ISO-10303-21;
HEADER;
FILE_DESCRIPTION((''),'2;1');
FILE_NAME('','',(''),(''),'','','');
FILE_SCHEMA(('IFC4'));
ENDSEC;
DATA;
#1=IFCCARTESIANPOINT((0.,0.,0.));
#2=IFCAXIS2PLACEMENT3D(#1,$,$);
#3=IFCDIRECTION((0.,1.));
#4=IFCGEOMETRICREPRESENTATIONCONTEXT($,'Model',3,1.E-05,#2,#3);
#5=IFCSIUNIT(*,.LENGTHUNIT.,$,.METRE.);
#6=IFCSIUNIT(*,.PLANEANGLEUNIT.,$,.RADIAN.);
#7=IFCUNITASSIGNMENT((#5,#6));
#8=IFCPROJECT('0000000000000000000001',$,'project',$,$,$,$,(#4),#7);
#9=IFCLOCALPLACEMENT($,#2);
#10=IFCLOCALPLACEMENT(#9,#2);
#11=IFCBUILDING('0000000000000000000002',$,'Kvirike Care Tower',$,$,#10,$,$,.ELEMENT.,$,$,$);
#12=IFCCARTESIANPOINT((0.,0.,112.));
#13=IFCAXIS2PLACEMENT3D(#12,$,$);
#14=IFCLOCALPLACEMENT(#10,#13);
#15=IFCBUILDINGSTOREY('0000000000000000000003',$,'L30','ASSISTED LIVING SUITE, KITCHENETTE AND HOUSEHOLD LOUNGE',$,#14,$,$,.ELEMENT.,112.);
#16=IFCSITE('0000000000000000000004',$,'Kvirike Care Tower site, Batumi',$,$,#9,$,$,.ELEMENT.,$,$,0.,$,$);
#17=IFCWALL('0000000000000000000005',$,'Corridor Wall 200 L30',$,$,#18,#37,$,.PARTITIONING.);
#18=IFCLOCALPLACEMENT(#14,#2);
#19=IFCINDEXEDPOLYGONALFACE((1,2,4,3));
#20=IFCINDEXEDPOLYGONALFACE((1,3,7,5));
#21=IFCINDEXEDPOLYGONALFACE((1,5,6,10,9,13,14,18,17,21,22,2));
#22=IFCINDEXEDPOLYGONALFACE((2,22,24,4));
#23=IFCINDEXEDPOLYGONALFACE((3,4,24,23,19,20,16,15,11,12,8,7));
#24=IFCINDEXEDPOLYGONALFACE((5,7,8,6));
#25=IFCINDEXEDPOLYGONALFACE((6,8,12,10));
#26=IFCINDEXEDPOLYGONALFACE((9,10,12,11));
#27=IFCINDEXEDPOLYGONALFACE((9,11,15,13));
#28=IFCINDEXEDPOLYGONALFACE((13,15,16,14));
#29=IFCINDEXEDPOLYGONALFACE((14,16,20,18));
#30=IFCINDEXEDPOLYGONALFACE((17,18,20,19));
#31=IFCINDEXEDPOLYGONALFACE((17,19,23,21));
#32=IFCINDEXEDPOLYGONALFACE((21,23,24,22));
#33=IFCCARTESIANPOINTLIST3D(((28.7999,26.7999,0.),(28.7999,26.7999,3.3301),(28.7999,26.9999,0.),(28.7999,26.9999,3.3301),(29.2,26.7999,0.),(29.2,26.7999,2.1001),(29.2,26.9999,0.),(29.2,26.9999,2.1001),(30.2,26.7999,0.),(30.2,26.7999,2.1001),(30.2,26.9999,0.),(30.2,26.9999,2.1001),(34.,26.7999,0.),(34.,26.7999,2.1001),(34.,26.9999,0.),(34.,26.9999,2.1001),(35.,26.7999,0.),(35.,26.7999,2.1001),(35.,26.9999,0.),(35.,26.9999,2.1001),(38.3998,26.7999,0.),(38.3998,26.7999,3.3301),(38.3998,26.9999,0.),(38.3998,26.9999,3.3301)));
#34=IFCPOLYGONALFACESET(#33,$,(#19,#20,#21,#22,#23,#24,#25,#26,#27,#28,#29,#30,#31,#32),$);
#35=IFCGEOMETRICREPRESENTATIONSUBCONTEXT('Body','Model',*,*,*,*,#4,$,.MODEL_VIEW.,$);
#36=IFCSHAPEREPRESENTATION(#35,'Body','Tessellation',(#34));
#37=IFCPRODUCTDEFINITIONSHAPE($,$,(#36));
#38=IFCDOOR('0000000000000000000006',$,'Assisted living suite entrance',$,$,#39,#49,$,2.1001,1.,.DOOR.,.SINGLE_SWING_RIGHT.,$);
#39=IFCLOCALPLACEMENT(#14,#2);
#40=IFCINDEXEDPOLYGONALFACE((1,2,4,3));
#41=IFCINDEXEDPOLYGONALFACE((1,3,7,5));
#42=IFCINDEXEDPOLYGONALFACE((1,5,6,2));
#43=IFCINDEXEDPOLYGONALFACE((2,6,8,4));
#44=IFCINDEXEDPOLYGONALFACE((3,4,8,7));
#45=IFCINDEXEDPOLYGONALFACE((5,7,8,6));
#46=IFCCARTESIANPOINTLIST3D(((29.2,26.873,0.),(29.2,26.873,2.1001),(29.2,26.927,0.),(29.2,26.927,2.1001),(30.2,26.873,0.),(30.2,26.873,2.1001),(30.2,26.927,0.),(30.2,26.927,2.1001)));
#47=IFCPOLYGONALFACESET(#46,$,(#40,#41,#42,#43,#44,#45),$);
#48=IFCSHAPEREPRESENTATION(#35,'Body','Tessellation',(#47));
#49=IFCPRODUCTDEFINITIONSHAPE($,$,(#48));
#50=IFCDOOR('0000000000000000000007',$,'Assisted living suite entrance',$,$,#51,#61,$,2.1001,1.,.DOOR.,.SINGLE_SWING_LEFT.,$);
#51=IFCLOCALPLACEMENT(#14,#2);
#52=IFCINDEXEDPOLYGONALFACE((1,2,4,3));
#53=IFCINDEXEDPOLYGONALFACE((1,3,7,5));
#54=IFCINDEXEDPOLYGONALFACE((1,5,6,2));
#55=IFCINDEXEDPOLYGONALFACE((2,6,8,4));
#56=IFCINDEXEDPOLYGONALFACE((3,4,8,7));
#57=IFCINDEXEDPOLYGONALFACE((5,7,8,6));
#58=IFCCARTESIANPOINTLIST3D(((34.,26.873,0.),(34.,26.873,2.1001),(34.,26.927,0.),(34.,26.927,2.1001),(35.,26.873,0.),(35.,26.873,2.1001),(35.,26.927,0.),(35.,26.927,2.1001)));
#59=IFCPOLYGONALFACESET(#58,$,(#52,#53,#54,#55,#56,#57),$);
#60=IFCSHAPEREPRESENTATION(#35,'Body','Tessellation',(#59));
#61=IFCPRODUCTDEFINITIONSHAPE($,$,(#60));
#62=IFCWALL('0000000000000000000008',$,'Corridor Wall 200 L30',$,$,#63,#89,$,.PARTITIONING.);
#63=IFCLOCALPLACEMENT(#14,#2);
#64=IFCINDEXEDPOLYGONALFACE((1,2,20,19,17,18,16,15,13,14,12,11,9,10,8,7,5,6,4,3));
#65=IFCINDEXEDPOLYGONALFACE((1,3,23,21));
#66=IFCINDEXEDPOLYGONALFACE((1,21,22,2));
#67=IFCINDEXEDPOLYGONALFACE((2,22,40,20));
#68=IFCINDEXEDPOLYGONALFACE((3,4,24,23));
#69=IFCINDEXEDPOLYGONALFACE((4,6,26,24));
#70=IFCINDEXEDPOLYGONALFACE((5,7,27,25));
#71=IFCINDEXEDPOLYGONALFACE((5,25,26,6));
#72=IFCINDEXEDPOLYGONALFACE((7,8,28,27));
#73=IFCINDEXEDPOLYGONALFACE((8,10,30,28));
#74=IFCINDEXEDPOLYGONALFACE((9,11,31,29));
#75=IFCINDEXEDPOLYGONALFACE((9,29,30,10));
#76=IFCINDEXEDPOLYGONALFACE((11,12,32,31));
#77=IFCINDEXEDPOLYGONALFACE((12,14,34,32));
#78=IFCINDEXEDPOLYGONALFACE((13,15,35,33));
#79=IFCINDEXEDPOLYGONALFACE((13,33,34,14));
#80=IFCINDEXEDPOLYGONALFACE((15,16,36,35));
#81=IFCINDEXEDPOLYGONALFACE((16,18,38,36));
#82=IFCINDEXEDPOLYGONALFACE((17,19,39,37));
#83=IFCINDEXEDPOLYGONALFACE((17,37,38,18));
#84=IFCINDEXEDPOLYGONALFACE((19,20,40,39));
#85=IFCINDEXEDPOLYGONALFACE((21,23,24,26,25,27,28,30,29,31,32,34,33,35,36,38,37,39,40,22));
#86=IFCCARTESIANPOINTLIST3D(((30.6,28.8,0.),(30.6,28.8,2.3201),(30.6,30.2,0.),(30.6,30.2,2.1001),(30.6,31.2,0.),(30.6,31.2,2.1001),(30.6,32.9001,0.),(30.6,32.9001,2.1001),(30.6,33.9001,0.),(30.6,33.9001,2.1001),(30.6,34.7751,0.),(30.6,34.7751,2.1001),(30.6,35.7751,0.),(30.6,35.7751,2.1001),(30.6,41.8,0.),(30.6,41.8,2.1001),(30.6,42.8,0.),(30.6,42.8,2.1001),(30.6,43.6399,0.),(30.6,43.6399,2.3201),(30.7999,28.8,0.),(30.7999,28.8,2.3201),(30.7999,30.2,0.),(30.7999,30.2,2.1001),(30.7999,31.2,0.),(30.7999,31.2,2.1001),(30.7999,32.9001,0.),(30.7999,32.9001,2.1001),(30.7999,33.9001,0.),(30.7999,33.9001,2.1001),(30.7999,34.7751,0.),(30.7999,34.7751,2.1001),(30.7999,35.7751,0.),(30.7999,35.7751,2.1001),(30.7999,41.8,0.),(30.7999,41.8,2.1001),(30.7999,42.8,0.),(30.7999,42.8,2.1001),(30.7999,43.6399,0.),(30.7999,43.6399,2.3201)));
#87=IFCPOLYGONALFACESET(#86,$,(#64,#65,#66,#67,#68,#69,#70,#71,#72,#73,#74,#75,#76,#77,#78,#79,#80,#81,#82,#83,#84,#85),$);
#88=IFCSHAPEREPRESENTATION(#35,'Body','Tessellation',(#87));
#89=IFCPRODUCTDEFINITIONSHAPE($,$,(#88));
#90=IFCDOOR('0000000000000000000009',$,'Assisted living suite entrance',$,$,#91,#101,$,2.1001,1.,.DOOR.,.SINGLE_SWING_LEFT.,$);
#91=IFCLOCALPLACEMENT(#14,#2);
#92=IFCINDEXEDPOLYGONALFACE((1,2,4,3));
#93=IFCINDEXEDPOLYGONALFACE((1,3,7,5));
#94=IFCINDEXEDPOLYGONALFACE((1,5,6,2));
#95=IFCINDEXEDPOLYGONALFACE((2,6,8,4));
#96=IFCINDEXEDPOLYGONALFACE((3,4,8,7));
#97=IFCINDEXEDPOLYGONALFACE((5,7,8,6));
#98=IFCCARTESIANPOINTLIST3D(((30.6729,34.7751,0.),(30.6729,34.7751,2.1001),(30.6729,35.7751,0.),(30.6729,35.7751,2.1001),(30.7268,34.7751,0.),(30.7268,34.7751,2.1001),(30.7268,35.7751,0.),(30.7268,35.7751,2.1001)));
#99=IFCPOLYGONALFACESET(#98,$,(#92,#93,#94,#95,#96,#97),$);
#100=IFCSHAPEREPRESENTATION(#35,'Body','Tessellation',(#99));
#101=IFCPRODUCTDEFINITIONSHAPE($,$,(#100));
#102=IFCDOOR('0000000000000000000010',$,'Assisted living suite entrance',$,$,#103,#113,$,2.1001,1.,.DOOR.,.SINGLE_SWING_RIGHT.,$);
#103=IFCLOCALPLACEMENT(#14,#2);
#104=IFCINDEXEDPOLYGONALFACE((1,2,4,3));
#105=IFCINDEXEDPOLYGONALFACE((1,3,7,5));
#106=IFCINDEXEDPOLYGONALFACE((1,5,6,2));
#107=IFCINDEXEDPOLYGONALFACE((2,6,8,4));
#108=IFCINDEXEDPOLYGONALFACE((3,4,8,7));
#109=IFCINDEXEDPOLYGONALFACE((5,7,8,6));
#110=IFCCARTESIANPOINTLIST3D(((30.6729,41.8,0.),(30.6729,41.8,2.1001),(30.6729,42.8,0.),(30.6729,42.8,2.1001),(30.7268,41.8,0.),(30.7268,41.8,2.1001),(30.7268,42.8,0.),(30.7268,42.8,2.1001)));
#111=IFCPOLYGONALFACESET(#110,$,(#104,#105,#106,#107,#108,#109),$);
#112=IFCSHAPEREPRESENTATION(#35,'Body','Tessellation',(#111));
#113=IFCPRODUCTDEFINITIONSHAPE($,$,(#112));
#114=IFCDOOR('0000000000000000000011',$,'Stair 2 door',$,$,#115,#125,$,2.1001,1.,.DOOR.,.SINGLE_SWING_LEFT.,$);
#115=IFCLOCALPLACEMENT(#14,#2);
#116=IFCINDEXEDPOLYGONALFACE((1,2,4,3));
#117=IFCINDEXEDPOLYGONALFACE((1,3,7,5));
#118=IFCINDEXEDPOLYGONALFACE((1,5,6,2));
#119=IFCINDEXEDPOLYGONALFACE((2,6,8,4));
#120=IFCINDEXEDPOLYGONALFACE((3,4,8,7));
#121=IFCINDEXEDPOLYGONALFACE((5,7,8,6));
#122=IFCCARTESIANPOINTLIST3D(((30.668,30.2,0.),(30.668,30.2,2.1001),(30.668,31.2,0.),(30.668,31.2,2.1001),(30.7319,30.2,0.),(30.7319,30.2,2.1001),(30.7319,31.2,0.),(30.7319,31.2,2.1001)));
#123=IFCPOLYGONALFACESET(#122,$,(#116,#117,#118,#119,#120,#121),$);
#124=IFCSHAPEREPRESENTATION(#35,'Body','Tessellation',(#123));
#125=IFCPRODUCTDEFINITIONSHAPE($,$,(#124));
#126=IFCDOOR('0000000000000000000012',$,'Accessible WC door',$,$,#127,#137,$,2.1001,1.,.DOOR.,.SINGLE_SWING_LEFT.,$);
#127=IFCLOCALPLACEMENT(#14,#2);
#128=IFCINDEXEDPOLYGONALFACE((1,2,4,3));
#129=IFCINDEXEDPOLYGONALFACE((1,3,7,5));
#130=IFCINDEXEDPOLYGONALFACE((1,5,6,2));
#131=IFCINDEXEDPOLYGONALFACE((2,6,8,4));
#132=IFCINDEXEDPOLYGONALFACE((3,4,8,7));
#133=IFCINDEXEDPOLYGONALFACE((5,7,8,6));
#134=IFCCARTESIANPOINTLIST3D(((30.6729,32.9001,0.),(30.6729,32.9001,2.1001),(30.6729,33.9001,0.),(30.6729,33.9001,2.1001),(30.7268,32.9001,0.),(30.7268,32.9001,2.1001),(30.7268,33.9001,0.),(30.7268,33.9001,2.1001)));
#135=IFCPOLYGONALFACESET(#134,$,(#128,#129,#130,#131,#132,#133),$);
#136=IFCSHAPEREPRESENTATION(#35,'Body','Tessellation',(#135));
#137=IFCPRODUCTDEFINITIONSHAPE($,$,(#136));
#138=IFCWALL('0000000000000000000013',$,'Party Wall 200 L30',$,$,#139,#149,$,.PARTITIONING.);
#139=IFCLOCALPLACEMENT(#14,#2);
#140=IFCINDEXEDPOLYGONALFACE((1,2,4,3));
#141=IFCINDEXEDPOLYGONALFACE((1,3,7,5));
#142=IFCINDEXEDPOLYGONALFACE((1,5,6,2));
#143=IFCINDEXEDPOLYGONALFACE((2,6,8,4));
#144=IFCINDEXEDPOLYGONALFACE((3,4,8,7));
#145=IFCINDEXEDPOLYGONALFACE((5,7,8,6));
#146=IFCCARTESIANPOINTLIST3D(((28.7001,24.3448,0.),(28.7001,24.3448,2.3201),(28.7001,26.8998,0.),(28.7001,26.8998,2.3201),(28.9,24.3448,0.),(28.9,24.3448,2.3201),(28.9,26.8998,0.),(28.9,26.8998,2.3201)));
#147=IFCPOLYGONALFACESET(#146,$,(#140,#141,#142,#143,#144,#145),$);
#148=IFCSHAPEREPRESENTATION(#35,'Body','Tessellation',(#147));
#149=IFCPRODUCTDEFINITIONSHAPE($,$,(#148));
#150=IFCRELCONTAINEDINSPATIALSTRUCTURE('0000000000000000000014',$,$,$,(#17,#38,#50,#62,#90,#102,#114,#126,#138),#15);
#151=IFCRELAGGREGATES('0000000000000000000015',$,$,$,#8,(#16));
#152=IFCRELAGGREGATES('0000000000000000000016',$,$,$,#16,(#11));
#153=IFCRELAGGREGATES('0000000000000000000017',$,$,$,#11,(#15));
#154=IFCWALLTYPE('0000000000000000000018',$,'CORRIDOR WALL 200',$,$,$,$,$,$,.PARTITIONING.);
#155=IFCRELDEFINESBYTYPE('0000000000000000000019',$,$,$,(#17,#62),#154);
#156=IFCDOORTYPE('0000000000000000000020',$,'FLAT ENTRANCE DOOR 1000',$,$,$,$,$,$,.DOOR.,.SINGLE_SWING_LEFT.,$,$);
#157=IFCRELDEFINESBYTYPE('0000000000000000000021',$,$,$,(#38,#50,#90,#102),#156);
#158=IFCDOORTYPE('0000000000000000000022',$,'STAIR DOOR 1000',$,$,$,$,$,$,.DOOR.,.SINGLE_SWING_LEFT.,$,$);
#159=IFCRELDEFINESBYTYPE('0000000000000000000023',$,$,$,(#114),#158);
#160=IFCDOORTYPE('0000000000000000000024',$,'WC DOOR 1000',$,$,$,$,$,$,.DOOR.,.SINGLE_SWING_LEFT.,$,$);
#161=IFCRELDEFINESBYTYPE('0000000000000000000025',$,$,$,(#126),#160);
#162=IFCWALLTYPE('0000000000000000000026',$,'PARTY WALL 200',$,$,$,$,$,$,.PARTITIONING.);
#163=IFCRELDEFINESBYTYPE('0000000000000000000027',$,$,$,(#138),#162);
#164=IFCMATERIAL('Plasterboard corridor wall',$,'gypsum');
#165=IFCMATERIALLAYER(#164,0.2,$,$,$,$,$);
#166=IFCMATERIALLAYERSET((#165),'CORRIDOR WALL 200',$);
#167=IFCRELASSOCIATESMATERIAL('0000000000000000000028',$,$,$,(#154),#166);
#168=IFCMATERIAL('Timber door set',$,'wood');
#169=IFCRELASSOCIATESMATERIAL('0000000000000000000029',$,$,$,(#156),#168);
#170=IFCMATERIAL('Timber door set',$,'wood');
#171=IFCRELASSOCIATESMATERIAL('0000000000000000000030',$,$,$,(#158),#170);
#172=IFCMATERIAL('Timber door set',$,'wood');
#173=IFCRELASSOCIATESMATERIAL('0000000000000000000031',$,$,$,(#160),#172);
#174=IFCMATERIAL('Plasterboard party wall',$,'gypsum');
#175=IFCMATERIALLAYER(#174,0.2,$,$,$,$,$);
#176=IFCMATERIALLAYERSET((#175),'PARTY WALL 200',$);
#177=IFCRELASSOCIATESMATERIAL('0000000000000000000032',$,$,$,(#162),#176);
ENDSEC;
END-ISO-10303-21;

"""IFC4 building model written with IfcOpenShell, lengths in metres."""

from ifc_helpers import new_model, si_unit, direction, frame, frame_2d, origin, place, context, subcontext, project, spatial, rectangle, extrude, material, layer, layer_set, type_object, element, fill, save


model = new_model("IFC4")

# Units and contexts
model_context = context("Model", 3, precision=1e-05, world=origin(), true_north=direction((0.0, 1.0)))
body_context = subcontext(model_context, "Body", "Model", "MODEL_VIEW")
ifc_project = project(units=[si_unit("LENGTHUNIT", "METRE"), si_unit("PLANEANGLEUNIT", "RADIAN")], contexts=[model_context])

# Site, building, storey
site_placement = place(None, origin())
site = spatial("IfcSite", under=ifc_project, at=site_placement, Name="Kvirike Care Tower site, Batumi", CompositionType="ELEMENT", RefElevation=0.0)
building_placement = place(site_placement, origin())
building = spatial("IfcBuilding", under=site, at=building_placement, Name="Kvirike Care Tower", CompositionType="ELEMENT")
storey_placement = place(building_placement, frame((0.0, 0.0, 112.0)))
storey = spatial("IfcBuildingStorey", under=building, at=storey_placement, Name="L30", Description="ASSISTED LIVING SUITE, KITCHENETTE AND HOUSEHOLD LOUNGE", CompositionType="ELEMENT", Elevation=112.0)

# Walls, openings, doors
ifc_material_1 = material(Name="Plasterboard corridor wall", Category="gypsum")
ifc_layer_1 = layer(ifc_material_1, 0.2)
ifc_layer_set_1 = layer_set([ifc_layer_1], Name="CORRIDOR WALL 200")
wall_type_1 = type_object("IfcWallType", Name="CORRIDOR WALL 200", PredefinedType="PARTITIONING", material=ifc_layer_set_1)
wall_1_placement = place(storey_placement, frame((28.8, 26.8999, 0.0), z_axis=(0.0, 0.0, 1.0), x_axis=(1.0, 0.0, 0.0)))
wall_1 = element("IfcWall", 1, at=wall_1_placement, inside=storey, type_object=wall_type_1, Name="Corridor Wall 200 L30", PredefinedType="PARTITIONING", context=body_context, shape_type="SweptSolid", body=[
    extrude(rectangle(XDim=9.5999, YDim=0.2, at=frame_2d((4.7998, 0.0))), origin(), (0.0, 0.0, 1.0), 3.3301),
])
opening_1_placement = place(wall_1_placement, frame((0.3999, 0.0, 0.0)))
opening_1 = element("IfcOpeningElement", 2, at=opening_1_placement, cuts=wall_1, PredefinedType="OPENING", context=body_context, shape_type="SweptSolid", body=[
    extrude(rectangle(XDim=1.0, YDim=2.1001, at=frame_2d((0.5, 1.05))), frame((0.0, 0.1106, 0.0), z_axis=(0.0, -1.0, 0.0), x_axis=(1.0, 0.0, 0.0)), (0.0, 0.0, 1.0), 0.2209),
])
opening_2_placement = place(wall_1_placement, frame((5.2, 0.0, 0.0)))
opening_2 = element("IfcOpeningElement", 3, at=opening_2_placement, cuts=wall_1, PredefinedType="OPENING", context=body_context, shape_type="SweptSolid", body=[
    extrude(rectangle(XDim=1.0, YDim=2.1001, at=frame_2d((0.5, 1.05))), frame((0.0, 0.1106, 0.0), z_axis=(0.0, -1.0, 0.0), x_axis=(1.0, 0.0, 0.0)), (0.0, 0.0, 1.0), 0.2209),
])
ifc_material_2 = material(Name="Timber door set", Category="wood")
door_type_1 = type_object("IfcDoorType", Name="FLAT ENTRANCE DOOR 1000", OperationType="SINGLE_SWING_LEFT", PredefinedType="DOOR", material=ifc_material_2)
door_1_placement = place(opening_1_placement, frame((1.0, 0.0, 0.0), z_axis=(0.0, 0.0, 1.0), x_axis=(-1.0, 0.0, 0.0)))
door_1 = element("IfcDoor", 4, at=door_1_placement, inside=storey, type_object=door_type_1, Name="Assisted living suite entrance", OperationType="SINGLE_SWING_RIGHT", OverallHeight=2.1001, OverallWidth=1.0, PredefinedType="DOOR", context=body_context, shape_type="SweptSolid", body=[
    extrude(rectangle(XDim=1.0, YDim=2.1001, at=frame_2d((0.5, 1.05))), frame((0.0, 0.0269, 0.0), z_axis=(0.0, -1.0, 0.0), x_axis=(1.0, 0.0, 0.0)), (0.0, 0.0, 1.0), 0.054),
])
fill(opening_1, door_1)
door_2_placement = place(opening_2_placement, frame((1.0, 0.0, 0.0), z_axis=(0.0, 0.0, 1.0), x_axis=(-1.0, 0.0, 0.0)))
door_2 = element("IfcDoor", 5, at=door_2_placement, inside=storey, type_object=door_type_1, Name="Assisted living suite entrance", OperationType="SINGLE_SWING_LEFT", OverallHeight=2.1001, OverallWidth=1.0, PredefinedType="DOOR", context=body_context, shape_type="SweptSolid", body=[
    extrude(rectangle(XDim=1.0, YDim=2.1001, at=frame_2d((0.5, 1.05))), frame((0.0, 0.0269, 0.0), z_axis=(0.0, -1.0, 0.0), x_axis=(1.0, 0.0, 0.0)), (0.0, 0.0, 1.0), 0.054),
])
fill(opening_2, door_2)
wall_2_placement = place(storey_placement, frame((30.7, 28.8, 0.0), z_axis=(0.0, 0.0, 1.0), x_axis=(0.0, 1.0, 0.0)))
wall_2 = element("IfcWall", 6, at=wall_2_placement, inside=storey, type_object=wall_type_1, Name="Corridor Wall 200 L30", PredefinedType="PARTITIONING", context=body_context, shape_type="SweptSolid", body=[
    extrude(rectangle(XDim=14.8398, YDim=0.2, at=frame_2d((7.4199, 0.0))), origin(), (0.0, 0.0, 1.0), 2.3201),
])
opening_3_placement = place(wall_2_placement, frame((1.3999, 0.0, 0.0)))
opening_3 = element("IfcOpeningElement", 7, at=opening_3_placement, cuts=wall_2, PredefinedType="OPENING", context=body_context, shape_type="SweptSolid", body=[
    extrude(rectangle(XDim=1.0, YDim=2.1001, at=frame_2d((0.5, 1.05))), frame((0.0, 0.1106, 0.0), z_axis=(0.0, -1.0, 0.0), x_axis=(1.0, 0.0, 0.0)), (0.0, 0.0, 1.0), 0.2209),
])
opening_4_placement = place(wall_2_placement, frame((4.1001, 0.0, 0.0)))
opening_4 = element("IfcOpeningElement", 8, at=opening_4_placement, cuts=wall_2, PredefinedType="OPENING", context=body_context, shape_type="SweptSolid", body=[
    extrude(rectangle(XDim=1.0, YDim=2.1001, at=frame_2d((0.5, 1.05))), frame((0.0, 0.1106, 0.0), z_axis=(0.0, -1.0, 0.0), x_axis=(1.0, 0.0, 0.0)), (0.0, 0.0, 1.0), 0.2209),
])
opening_5_placement = place(wall_2_placement, frame((5.9751, 0.0, 0.0)))
opening_5 = element("IfcOpeningElement", 9, at=opening_5_placement, cuts=wall_2, PredefinedType="OPENING", context=body_context, shape_type="SweptSolid", body=[
    extrude(rectangle(XDim=1.0, YDim=2.1001, at=frame_2d((0.5, 1.05))), frame((0.0, 0.1106, 0.0), z_axis=(0.0, -1.0, 0.0), x_axis=(1.0, 0.0, 0.0)), (0.0, 0.0, 1.0), 0.2209),
])
opening_6_placement = place(wall_2_placement, frame((13.0, 0.0, 0.0)))
opening_6 = element("IfcOpeningElement", 10, at=opening_6_placement, cuts=wall_2, PredefinedType="OPENING", context=body_context, shape_type="SweptSolid", body=[
    extrude(rectangle(XDim=1.0, YDim=2.1001, at=frame_2d((0.5, 1.05))), frame((0.0, 0.1106, 0.0), z_axis=(0.0, -1.0, 0.0), x_axis=(1.0, 0.0, 0.0)), (0.0, 0.0, 1.0), 0.2209),
])
door_3_placement = place(opening_5_placement, frame((1.0, 0.0, 0.0), z_axis=(0.0, 0.0, 1.0), x_axis=(-1.0, 0.0, 0.0)))
door_3 = element("IfcDoor", 11, at=door_3_placement, inside=storey, type_object=door_type_1, Name="Assisted living suite entrance", OperationType="SINGLE_SWING_LEFT", OverallHeight=2.1001, OverallWidth=1.0, PredefinedType="DOOR", context=body_context, shape_type="SweptSolid", body=[
    extrude(rectangle(XDim=1.0, YDim=2.1001, at=frame_2d((0.5, 1.05))), frame((0.0, 0.0269, 0.0), z_axis=(0.0, -1.0, 0.0), x_axis=(1.0, 0.0, 0.0)), (0.0, 0.0, 1.0), 0.054),
])
fill(opening_5, door_3)
door_4_placement = place(opening_6_placement, frame((1.0, 0.0, 0.0), z_axis=(0.0, 0.0, 1.0), x_axis=(-1.0, 0.0, 0.0)))
door_4 = element("IfcDoor", 12, at=door_4_placement, inside=storey, type_object=door_type_1, Name="Assisted living suite entrance", OperationType="SINGLE_SWING_RIGHT", OverallHeight=2.1001, OverallWidth=1.0, PredefinedType="DOOR", context=body_context, shape_type="SweptSolid", body=[
    extrude(rectangle(XDim=1.0, YDim=2.1001, at=frame_2d((0.5, 1.05))), frame((0.0, 0.0269, 0.0), z_axis=(0.0, -1.0, 0.0), x_axis=(1.0, 0.0, 0.0)), (0.0, 0.0, 1.0), 0.054),
])
fill(opening_6, door_4)
ifc_material_3 = material(Name="Timber door set", Category="wood")
door_type_2 = type_object("IfcDoorType", Name="STAIR DOOR 1000", OperationType="SINGLE_SWING_LEFT", PredefinedType="DOOR", material=ifc_material_3)
door_5_placement = place(opening_3_placement, frame((1.0, 0.0, 0.0), z_axis=(0.0, 0.0, 1.0), x_axis=(-1.0, 0.0, 0.0)))
door_5 = element("IfcDoor", 13, at=door_5_placement, inside=storey, type_object=door_type_2, Name="Stair 2 door", OperationType="SINGLE_SWING_LEFT", OverallHeight=2.1001, OverallWidth=1.0, PredefinedType="DOOR", context=body_context, shape_type="SweptSolid", body=[
    extrude(rectangle(XDim=1.0, YDim=2.1001, at=frame_2d((0.5, 1.05))), frame((0.0, 0.032, 0.0), z_axis=(0.0, -1.0, 0.0), x_axis=(1.0, 0.0, 0.0)), (0.0, 0.0, 1.0), 0.064),
])
fill(opening_3, door_5)
ifc_material_4 = material(Name="Timber door set", Category="wood")
door_type_3 = type_object("IfcDoorType", Name="WC DOOR 1000", OperationType="SINGLE_SWING_LEFT", PredefinedType="DOOR", material=ifc_material_4)
door_6_placement = place(opening_4_placement, frame((1.0, 0.0, 0.0), z_axis=(0.0, 0.0, 1.0), x_axis=(-1.0, 0.0, 0.0)))
door_6 = element("IfcDoor", 14, at=door_6_placement, inside=storey, type_object=door_type_3, Name="Accessible WC door", OperationType="SINGLE_SWING_LEFT", OverallHeight=2.1001, OverallWidth=1.0, PredefinedType="DOOR", context=body_context, shape_type="SweptSolid", body=[
    extrude(rectangle(XDim=1.0, YDim=2.1001, at=frame_2d((0.5, 1.05))), frame((0.0, 0.0269, 0.0), z_axis=(0.0, -1.0, 0.0), x_axis=(1.0, 0.0, 0.0)), (0.0, 0.0, 1.0), 0.054),
])
fill(opening_4, door_6)

# Wall
ifc_material_5 = material(Name="Plasterboard party wall", Category="gypsum")
ifc_layer_2 = layer(ifc_material_5, 0.2)
ifc_layer_set_2 = layer_set([ifc_layer_2], Name="PARTY WALL 200")
wall_type_2 = type_object("IfcWallType", Name="PARTY WALL 200", PredefinedType="PARTITIONING", material=ifc_layer_set_2)
wall_3_placement = place(storey_placement, frame((28.8, 24.345, 0.0), z_axis=(0.0, 0.0, 1.0), x_axis=(0.0, 1.0, 0.0)))
element("IfcWall", 15, at=wall_3_placement, inside=storey, type_object=wall_type_2, Name="Party Wall 200 L30", PredefinedType="PARTITIONING", context=body_context, shape_type="SweptSolid", body=[
    extrude(rectangle(XDim=2.5549, YDim=0.2, at=frame_2d((1.2773, 0.0))), origin(), (0.0, 0.0, 1.0), 2.3201),
])

save(model, "model.ifc")
